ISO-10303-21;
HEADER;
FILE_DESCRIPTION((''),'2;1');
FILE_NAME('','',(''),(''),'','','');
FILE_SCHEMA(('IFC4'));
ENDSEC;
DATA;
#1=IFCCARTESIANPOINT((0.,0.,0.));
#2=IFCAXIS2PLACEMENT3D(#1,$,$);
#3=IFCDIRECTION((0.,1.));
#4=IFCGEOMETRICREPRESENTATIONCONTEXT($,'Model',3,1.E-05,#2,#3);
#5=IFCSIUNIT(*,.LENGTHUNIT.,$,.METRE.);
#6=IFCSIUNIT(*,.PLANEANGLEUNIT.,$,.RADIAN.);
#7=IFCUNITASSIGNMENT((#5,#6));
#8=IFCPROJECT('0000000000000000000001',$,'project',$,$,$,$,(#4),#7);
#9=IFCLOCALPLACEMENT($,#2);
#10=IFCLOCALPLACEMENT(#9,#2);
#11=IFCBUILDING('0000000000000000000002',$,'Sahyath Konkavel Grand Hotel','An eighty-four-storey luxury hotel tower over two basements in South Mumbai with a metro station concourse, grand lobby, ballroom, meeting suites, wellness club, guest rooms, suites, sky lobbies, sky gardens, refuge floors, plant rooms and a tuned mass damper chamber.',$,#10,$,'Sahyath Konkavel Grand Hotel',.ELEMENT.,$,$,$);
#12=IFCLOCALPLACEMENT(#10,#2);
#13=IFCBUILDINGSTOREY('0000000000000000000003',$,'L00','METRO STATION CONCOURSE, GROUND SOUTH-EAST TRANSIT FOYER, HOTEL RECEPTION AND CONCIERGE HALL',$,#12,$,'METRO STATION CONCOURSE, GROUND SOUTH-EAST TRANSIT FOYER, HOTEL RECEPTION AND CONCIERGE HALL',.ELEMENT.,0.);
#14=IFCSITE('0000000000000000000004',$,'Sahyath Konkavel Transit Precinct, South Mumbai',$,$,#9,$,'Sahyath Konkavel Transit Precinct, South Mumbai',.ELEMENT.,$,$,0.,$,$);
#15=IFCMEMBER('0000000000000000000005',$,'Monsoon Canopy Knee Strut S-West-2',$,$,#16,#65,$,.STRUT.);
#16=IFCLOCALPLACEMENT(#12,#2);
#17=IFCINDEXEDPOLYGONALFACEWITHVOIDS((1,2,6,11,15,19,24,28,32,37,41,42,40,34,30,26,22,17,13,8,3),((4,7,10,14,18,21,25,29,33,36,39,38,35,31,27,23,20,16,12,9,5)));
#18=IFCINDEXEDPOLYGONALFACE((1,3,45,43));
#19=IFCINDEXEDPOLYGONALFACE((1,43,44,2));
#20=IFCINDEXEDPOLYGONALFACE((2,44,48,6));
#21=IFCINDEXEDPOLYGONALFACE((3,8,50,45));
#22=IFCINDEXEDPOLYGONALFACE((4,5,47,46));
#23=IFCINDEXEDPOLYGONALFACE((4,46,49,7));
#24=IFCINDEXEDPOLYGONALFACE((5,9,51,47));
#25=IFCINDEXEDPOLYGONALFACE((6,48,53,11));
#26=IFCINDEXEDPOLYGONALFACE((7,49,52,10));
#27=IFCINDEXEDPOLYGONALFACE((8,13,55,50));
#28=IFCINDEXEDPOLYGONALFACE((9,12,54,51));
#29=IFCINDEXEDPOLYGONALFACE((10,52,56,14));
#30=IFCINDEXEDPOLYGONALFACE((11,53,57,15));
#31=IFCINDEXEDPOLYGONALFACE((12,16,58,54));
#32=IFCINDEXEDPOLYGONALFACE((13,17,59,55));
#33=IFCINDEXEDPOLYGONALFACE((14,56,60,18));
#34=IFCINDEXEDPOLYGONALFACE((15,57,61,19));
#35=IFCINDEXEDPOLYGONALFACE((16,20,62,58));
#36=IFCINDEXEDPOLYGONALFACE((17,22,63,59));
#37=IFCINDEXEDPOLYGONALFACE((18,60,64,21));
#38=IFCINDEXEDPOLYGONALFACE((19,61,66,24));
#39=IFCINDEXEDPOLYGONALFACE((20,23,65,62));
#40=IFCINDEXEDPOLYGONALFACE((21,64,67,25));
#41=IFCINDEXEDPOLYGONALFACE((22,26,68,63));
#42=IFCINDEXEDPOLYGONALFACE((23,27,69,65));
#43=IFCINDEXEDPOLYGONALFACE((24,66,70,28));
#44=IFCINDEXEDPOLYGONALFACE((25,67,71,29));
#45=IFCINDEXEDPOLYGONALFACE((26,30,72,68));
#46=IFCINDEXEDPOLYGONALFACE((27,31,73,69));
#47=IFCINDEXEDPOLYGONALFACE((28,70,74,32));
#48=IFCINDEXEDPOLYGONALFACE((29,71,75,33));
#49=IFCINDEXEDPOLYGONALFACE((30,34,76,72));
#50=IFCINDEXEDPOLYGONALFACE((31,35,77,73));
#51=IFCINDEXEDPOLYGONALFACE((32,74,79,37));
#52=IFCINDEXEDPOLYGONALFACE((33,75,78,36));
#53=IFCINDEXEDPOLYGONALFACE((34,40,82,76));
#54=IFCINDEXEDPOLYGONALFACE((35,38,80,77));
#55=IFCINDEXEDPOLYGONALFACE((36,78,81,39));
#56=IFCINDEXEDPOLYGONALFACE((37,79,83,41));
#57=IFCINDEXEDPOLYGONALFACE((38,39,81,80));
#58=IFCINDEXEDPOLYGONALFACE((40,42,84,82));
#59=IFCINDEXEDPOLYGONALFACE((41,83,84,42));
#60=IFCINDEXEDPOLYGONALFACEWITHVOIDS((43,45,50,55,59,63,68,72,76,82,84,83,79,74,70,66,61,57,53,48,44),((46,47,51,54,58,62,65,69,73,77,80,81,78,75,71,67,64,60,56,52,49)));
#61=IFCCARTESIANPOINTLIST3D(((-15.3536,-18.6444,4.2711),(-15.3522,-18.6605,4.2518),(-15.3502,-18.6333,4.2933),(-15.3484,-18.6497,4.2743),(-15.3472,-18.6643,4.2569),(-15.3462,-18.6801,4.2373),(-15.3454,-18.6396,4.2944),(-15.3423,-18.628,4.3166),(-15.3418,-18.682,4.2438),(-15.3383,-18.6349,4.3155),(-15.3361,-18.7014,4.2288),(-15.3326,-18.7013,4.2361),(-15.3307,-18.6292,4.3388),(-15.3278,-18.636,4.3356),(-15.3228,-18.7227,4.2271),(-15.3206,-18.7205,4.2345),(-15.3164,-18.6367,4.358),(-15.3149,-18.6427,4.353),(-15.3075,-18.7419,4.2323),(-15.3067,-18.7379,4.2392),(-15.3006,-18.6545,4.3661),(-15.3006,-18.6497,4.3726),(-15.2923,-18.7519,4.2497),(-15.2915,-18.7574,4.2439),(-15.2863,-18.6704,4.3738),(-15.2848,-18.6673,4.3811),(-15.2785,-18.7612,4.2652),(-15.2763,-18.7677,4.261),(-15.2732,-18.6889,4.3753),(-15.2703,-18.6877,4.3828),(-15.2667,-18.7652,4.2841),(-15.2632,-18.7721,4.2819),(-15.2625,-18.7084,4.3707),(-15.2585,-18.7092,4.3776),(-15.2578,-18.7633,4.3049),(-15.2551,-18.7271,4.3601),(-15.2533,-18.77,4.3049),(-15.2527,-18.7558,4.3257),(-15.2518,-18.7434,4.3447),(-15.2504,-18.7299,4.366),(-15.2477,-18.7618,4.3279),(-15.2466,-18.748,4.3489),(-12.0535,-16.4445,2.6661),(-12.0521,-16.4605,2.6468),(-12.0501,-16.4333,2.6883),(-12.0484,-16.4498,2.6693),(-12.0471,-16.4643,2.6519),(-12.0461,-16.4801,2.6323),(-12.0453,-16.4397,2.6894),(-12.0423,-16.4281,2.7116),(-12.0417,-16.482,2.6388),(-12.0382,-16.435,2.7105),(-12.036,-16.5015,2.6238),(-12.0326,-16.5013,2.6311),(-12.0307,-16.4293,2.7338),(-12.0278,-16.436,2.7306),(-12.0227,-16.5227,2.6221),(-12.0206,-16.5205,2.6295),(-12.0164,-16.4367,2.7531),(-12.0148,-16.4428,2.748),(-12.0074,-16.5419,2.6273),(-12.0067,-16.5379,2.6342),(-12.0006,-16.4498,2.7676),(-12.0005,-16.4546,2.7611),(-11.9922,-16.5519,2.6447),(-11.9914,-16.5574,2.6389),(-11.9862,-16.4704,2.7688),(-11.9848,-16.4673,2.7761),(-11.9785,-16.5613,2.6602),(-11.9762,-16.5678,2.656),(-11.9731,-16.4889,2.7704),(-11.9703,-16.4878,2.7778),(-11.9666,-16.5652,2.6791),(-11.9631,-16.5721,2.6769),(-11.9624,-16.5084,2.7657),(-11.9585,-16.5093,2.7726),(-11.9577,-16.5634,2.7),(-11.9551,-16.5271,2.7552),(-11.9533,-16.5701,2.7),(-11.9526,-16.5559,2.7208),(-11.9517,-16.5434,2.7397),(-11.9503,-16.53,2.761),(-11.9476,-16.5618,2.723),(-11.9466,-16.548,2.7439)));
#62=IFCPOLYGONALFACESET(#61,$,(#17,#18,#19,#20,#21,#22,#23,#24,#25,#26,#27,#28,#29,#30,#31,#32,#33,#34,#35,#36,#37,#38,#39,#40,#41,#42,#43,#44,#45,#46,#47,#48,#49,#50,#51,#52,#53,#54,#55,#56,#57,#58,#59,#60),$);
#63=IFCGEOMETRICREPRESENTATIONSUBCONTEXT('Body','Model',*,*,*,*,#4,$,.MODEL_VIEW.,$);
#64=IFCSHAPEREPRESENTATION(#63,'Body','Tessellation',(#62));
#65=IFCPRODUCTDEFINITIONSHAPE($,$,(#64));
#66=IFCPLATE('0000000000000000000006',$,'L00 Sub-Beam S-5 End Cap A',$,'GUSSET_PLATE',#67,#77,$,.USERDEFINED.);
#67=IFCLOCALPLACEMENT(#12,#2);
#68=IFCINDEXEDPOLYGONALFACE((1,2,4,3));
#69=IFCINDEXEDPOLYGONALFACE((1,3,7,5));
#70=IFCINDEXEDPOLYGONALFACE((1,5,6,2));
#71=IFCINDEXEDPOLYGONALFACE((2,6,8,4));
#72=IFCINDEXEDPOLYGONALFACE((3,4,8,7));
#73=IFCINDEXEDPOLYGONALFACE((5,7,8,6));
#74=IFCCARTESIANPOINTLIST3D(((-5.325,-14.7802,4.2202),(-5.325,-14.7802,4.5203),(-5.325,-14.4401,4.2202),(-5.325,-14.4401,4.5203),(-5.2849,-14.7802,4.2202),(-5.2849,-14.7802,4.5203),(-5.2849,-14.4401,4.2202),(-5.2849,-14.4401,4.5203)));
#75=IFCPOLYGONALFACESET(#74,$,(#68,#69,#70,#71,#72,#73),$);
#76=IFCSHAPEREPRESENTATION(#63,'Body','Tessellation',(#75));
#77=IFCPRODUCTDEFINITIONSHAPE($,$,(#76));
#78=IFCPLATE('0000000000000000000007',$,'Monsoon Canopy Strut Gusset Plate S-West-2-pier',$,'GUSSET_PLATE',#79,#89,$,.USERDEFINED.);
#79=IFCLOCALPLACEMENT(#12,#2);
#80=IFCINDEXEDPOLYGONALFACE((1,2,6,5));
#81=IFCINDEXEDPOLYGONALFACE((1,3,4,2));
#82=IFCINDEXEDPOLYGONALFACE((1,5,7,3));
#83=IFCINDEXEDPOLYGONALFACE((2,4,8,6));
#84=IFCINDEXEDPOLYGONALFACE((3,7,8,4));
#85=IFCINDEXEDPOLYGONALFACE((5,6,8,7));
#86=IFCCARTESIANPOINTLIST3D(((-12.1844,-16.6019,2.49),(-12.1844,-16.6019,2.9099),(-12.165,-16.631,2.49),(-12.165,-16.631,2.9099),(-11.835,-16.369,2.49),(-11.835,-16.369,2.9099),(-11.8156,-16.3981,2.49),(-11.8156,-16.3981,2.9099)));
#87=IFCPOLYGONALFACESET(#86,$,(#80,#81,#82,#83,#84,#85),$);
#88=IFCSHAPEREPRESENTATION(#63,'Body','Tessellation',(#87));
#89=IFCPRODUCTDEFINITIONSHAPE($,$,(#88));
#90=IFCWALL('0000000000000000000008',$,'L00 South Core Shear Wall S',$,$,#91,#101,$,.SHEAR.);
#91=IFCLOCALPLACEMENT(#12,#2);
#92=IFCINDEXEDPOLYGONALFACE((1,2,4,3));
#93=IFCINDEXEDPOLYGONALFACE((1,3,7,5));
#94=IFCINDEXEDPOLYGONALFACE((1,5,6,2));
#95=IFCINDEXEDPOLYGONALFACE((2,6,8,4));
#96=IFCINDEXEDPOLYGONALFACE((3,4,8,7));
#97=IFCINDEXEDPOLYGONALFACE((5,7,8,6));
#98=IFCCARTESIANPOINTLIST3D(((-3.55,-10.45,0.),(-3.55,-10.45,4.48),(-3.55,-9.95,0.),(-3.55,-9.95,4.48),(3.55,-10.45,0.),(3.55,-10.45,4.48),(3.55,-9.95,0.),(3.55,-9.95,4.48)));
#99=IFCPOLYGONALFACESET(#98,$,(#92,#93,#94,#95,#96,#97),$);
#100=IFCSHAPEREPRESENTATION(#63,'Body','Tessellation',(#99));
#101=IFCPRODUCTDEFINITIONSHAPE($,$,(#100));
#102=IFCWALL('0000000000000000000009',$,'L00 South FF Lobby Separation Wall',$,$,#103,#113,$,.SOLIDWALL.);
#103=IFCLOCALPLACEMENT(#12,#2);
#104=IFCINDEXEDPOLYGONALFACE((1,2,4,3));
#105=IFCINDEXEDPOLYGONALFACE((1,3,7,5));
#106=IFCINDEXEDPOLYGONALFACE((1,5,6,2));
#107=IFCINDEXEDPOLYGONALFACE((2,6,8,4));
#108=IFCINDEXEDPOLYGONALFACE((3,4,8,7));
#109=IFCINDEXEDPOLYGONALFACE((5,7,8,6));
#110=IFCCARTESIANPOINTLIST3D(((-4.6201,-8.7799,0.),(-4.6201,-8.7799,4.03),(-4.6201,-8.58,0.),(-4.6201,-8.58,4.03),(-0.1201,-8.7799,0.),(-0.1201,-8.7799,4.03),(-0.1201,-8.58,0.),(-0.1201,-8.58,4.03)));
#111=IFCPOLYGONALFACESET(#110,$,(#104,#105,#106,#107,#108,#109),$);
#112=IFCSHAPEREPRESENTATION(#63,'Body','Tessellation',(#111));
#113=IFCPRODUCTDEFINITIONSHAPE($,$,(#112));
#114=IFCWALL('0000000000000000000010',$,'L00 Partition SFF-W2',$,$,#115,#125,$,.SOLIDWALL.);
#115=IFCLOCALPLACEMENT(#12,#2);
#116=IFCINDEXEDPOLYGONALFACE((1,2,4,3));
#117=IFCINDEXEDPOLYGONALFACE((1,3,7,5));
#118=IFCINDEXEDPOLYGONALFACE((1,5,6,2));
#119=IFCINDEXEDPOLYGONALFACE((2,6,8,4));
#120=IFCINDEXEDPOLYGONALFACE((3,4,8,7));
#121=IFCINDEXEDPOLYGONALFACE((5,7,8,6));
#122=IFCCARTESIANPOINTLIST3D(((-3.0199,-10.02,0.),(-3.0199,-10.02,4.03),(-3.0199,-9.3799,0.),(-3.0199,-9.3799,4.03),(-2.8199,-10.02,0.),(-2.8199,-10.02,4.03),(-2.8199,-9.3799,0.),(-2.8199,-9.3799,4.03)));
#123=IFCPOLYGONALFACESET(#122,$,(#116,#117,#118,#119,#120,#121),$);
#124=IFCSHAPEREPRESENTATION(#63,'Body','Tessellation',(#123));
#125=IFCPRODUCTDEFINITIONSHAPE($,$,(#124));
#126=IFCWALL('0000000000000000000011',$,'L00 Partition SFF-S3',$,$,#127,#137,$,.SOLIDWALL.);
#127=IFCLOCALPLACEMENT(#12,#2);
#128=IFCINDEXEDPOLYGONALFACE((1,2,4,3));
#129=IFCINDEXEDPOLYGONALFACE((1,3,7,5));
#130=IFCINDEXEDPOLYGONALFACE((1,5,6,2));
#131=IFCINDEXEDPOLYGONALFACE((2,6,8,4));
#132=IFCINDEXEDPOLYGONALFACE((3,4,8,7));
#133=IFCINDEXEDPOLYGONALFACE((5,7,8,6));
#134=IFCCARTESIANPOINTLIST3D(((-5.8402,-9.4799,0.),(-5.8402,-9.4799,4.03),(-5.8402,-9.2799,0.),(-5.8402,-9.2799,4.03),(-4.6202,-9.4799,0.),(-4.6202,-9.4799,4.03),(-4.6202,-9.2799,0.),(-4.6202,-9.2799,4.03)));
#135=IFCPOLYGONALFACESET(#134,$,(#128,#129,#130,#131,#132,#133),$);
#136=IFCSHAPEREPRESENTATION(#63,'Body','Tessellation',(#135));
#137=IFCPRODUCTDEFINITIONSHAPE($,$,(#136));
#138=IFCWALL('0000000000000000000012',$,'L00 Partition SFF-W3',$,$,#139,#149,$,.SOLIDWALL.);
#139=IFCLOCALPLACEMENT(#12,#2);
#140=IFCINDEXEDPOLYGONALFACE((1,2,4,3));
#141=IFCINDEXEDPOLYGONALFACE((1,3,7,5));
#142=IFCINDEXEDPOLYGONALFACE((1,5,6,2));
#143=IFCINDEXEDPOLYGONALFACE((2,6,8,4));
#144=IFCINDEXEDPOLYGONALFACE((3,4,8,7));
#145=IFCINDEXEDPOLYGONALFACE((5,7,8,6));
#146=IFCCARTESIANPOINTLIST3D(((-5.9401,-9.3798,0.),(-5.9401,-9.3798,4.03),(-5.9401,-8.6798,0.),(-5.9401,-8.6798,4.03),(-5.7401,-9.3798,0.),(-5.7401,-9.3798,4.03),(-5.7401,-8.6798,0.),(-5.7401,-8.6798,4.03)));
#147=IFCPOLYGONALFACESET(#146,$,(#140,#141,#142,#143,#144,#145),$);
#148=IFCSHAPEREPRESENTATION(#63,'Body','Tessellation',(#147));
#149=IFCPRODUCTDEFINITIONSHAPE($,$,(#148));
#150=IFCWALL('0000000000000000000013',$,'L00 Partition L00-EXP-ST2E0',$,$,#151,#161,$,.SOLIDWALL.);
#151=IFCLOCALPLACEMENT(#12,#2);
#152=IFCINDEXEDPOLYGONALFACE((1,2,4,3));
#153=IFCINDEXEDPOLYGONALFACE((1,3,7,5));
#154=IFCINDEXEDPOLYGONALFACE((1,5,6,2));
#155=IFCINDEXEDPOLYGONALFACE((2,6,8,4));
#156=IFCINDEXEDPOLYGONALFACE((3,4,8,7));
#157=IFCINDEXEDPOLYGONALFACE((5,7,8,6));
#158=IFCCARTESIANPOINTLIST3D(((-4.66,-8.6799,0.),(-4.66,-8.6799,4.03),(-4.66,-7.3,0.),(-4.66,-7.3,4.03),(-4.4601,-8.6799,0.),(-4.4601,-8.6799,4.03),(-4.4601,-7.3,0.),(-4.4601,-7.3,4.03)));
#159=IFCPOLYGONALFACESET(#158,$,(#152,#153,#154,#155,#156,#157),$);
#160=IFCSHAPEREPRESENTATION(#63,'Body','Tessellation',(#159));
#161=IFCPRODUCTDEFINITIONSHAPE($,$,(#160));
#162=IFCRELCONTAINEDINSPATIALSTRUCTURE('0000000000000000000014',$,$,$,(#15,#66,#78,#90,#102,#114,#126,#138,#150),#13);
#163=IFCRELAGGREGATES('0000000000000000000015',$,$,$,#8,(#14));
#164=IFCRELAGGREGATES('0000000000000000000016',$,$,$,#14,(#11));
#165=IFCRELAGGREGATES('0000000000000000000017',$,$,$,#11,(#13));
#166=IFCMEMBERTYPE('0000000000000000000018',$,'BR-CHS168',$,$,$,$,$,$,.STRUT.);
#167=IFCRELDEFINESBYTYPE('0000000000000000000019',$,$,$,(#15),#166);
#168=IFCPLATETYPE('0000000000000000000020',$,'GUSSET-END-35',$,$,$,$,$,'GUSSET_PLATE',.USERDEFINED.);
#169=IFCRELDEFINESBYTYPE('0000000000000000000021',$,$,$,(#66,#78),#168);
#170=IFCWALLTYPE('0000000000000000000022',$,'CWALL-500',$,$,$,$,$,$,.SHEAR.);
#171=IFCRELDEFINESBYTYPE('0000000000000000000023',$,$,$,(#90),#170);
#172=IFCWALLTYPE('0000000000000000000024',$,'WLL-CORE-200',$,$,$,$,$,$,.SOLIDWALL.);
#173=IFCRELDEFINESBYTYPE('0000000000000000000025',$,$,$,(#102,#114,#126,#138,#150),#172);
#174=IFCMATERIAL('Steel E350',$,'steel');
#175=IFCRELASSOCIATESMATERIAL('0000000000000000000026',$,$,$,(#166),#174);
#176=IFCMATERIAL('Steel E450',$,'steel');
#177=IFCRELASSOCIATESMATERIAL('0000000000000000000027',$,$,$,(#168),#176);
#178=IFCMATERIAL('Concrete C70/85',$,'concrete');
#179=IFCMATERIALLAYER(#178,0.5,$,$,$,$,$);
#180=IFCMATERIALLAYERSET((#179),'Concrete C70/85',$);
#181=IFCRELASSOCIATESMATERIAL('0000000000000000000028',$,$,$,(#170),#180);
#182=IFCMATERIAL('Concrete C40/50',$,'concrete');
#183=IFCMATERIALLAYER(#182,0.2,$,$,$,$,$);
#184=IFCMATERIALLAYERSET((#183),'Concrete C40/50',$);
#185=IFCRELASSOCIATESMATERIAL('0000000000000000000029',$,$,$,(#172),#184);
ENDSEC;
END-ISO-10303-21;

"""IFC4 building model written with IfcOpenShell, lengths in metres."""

from ifc_helpers import new_model, si_unit, direction, frame, frame_2d, origin, origin_2d, place, context, subcontext, project, spatial, rectangle, hollow_circle, extrude, source, transform, mapped, material, layer, layer_set, material_profile, profile_set, type_object, element, save


model = new_model("IFC4")

# Units and contexts
model_context = context("Model", 3, precision=1e-05, world=origin(), true_north=direction((0.0, 1.0)))
body_context = subcontext(model_context, "Body", "Model", "MODEL_VIEW")
ifc_project = project(units=[si_unit("LENGTHUNIT", "METRE"), si_unit("PLANEANGLEUNIT", "RADIAN")], contexts=[model_context])

# Site, building, storey
site_placement = place(None, origin())
site = spatial("IfcSite", under=ifc_project, at=site_placement, Name="Sahyath Konkavel Transit Precinct, South Mumbai", LongName="Sahyath Konkavel Transit Precinct, South Mumbai", CompositionType="ELEMENT", RefElevation=0.0)
building_placement = place(site_placement, origin())
building = spatial("IfcBuilding", under=site, at=building_placement, Name="Sahyath Konkavel Grand Hotel", Description="An eighty-four-storey luxury hotel tower over two basements in South Mumbai with a metro station concourse, grand lobby, ballroom, meeting suites, wellness club, guest rooms, suites, sky lobbies, sky gardens, refuge floors, plant rooms and a tuned mass damper chamber.", LongName="Sahyath Konkavel Grand Hotel", CompositionType="ELEMENT")
storey_placement = place(building_placement, origin())
storey = spatial("IfcBuildingStorey", under=building, at=storey_placement, Name="L00", Description="METRO STATION CONCOURSE, GROUND SOUTH-EAST TRANSIT FOYER, HOTEL RECEPTION AND CONCIERGE HALL", LongName="METRO STATION CONCOURSE, GROUND SOUTH-EAST TRANSIT FOYER, HOTEL RECEPTION AND CONCIERGE HALL", CompositionType="ELEMENT", Elevation=0.0)

# Shared definitions
ifc_material_1 = material(Name="Concrete C70/85", Category="concrete")

# Shared definitions
ifc_material_2 = material(Name="Steel E350", Category="steel")

# Member
ifc_material_profile_1 = material_profile(ifc_material_2, hollow_circle(Radius=0.0842, WallThickness=0.0081, at=origin_2d()), Name="CHS 168.3x8")
ifc_profile_set_1 = profile_set([ifc_material_profile_1], Name="Steel E350")
member_type = type_object("IfcMemberType", Name="BR-CHS168", PredefinedType="STRUT", material=ifc_profile_set_1)
shared_shape_1 = source(origin(), body_context, "Body", "SweptSolid", [
    extrude(hollow_circle(Radius=0.0842, WallThickness=0.0081, at=origin_2d()), origin(), (0.0, 0.0, 1.0), 4.2786),
])
member_placement = place(storey_placement, frame((-12.0, -16.5, 2.7), z_axis=(-0.771299, -0.51418, 0.375122), x_axis=(0.554686, -0.83206, 0.0)))
element("IfcMember", 1, at=member_placement, inside=storey, type_object=member_type, Name="Monsoon Canopy Knee Strut S-West-2", PredefinedType="STRUT", context=body_context, shape_type="MappedRepresentation", body=[
    mapped(shared_shape_1, transform((0.0, 0.0, 0.0), scale=1.0)),
])

# Plates
ifc_material_3 = material(Name="Steel E450", Category="steel")
plate_type = type_object("IfcPlateType", Name="GUSSET-END-35", ElementType="GUSSET_PLATE", PredefinedType="USERDEFINED", material=ifc_material_3)
shared_shape_2 = source(origin(), body_context, "Body", "SweptSolid", [
    extrude(rectangle(XDim=0.04, YDim=0.3401, at=origin_2d()), origin(), (0.0, 0.0, 1.0), 0.3),
])
plate_1_placement = place(storey_placement, frame((-5.3049, -14.6101, 4.2202), z_axis=(0.0, 0.0, 1.0), x_axis=(1.0, 0.0, 0.0)))
element("IfcPlate", 2, at=plate_1_placement, inside=storey, type_object=plate_type, Name="L00 Sub-Beam S-5 End Cap A", ObjectType="GUSSET_PLATE", PredefinedType="USERDEFINED", context=body_context, shape_type="MappedRepresentation", body=[
    mapped(shared_shape_2, transform((0.0, 0.0, 0.0), scale=1.0)),
])
shared_shape_3 = source(origin(), body_context, "Body", "SweptSolid", [
    extrude(rectangle(XDim=0.4199, YDim=0.0349, at=origin_2d()), origin(), (0.0, 0.0, 1.0), 0.4199),
])
plate_2_placement = place(storey_placement, frame((-12.0, -16.5, 2.49), z_axis=(0.0, 0.0, 1.0), x_axis=(-0.832051, -0.554699, 0.0)))
element("IfcPlate", 3, at=plate_2_placement, inside=storey, type_object=plate_type, Name="Monsoon Canopy Strut Gusset Plate S-West-2-pier", ObjectType="GUSSET_PLATE", PredefinedType="USERDEFINED", context=body_context, shape_type="MappedRepresentation", body=[
    mapped(shared_shape_3, transform((0.0, 0.0, 0.0), scale=1.0)),
])

# Walls
ifc_layer_1 = layer(ifc_material_1, 0.5)
ifc_layer_set_1 = layer_set([ifc_layer_1], Name="Concrete C70/85")
wall_type_1 = type_object("IfcWallType", Name="CWALL-500", PredefinedType="SHEAR", material=ifc_layer_set_1)
wall_1_placement = place(storey_placement, frame((-3.55, -10.2, 0.0), z_axis=(0.0, 0.0, 1.0), x_axis=(1.0, 0.0, 0.0)))
element("IfcWall", 4, at=wall_1_placement, inside=storey, type_object=wall_type_1, Name="L00 South Core Shear Wall S", PredefinedType="SHEAR", context=body_context, shape_type="SweptSolid", body=[
    extrude(rectangle(XDim=7.1001, YDim=0.5, at=frame_2d((3.55, 0.0))), origin(), (0.0, 0.0, 1.0), 4.48),
])
ifc_material_4 = material(Name="Concrete C40/50", Category="concrete")
ifc_layer_2 = layer(ifc_material_4, 0.2)
ifc_layer_set_2 = layer_set([ifc_layer_2], Name="Concrete C40/50")
wall_type_2 = type_object("IfcWallType", Name="WLL-CORE-200", PredefinedType="SOLIDWALL", material=ifc_layer_set_2)
wall_2_placement = place(storey_placement, frame((-4.6201, -8.6799, 0.0), z_axis=(0.0, 0.0, 1.0), x_axis=(1.0, 0.0, 0.0)))
element("IfcWall", 5, at=wall_2_placement, inside=storey, type_object=wall_type_2, Name="L00 South FF Lobby Separation Wall", PredefinedType="SOLIDWALL", context=body_context, shape_type="SweptSolid", body=[
    extrude(rectangle(XDim=4.5, YDim=0.2, at=frame_2d((2.25, 0.0))), origin(), (0.0, 0.0, 1.0), 4.03),
])
wall_3_placement = place(storey_placement, frame((-2.9199, -10.02, 0.0), z_axis=(0.0, 0.0, 1.0), x_axis=(0.0, 1.0, 0.0)))
element("IfcWall", 6, at=wall_3_placement, inside=storey, type_object=wall_type_2, Name="L00 Partition SFF-W2", PredefinedType="SOLIDWALL", context=body_context, shape_type="SweptSolid", body=[
    extrude(rectangle(XDim=0.6401, YDim=0.2, at=frame_2d((0.3201, 0.0))), origin(), (0.0, 0.0, 1.0), 4.03),
])
wall_4_placement = place(storey_placement, frame((-5.8401, -9.3799, 0.0), z_axis=(0.0, 0.0, 1.0), x_axis=(1.0, 0.0, 0.0)))
element("IfcWall", 7, at=wall_4_placement, inside=storey, type_object=wall_type_2, Name="L00 Partition SFF-S3", PredefinedType="SOLIDWALL", context=body_context, shape_type="SweptSolid", body=[
    extrude(rectangle(XDim=1.22, YDim=0.2, at=frame_2d((0.6099, 0.0))), origin(), (0.0, 0.0, 1.0), 4.03),
])
wall_5_placement = place(storey_placement, frame((-5.8401, -9.3799, 0.0), z_axis=(0.0, 0.0, 1.0), x_axis=(0.0, 1.0, 0.0)))
element("IfcWall", 8, at=wall_5_placement, inside=storey, type_object=wall_type_2, Name="L00 Partition SFF-W3", PredefinedType="SOLIDWALL", context=body_context, shape_type="SweptSolid", body=[
    extrude(rectangle(XDim=0.7, YDim=0.2, at=frame_2d((0.3501, 0.0))), origin(), (0.0, 0.0, 1.0), 4.03),
])

# Wall
wall_6_placement = place(storey_placement, frame((-4.5601, -8.6799, 0.0), z_axis=(0.0, 0.0, 1.0), x_axis=(0.0, 1.0, 0.0)))
element("IfcWall", 9, at=wall_6_placement, inside=storey, type_object=wall_type_2, Name="L00 Partition L00-EXP-ST2E0", PredefinedType="SOLIDWALL", context=body_context, shape_type="SweptSolid", body=[
    extrude(rectangle(XDim=1.3799, YDim=0.2, at=frame_2d((0.6899, 0.0))), origin(), (0.0, 0.0, 1.0), 4.03),
])

save(model, "model.ifc")
